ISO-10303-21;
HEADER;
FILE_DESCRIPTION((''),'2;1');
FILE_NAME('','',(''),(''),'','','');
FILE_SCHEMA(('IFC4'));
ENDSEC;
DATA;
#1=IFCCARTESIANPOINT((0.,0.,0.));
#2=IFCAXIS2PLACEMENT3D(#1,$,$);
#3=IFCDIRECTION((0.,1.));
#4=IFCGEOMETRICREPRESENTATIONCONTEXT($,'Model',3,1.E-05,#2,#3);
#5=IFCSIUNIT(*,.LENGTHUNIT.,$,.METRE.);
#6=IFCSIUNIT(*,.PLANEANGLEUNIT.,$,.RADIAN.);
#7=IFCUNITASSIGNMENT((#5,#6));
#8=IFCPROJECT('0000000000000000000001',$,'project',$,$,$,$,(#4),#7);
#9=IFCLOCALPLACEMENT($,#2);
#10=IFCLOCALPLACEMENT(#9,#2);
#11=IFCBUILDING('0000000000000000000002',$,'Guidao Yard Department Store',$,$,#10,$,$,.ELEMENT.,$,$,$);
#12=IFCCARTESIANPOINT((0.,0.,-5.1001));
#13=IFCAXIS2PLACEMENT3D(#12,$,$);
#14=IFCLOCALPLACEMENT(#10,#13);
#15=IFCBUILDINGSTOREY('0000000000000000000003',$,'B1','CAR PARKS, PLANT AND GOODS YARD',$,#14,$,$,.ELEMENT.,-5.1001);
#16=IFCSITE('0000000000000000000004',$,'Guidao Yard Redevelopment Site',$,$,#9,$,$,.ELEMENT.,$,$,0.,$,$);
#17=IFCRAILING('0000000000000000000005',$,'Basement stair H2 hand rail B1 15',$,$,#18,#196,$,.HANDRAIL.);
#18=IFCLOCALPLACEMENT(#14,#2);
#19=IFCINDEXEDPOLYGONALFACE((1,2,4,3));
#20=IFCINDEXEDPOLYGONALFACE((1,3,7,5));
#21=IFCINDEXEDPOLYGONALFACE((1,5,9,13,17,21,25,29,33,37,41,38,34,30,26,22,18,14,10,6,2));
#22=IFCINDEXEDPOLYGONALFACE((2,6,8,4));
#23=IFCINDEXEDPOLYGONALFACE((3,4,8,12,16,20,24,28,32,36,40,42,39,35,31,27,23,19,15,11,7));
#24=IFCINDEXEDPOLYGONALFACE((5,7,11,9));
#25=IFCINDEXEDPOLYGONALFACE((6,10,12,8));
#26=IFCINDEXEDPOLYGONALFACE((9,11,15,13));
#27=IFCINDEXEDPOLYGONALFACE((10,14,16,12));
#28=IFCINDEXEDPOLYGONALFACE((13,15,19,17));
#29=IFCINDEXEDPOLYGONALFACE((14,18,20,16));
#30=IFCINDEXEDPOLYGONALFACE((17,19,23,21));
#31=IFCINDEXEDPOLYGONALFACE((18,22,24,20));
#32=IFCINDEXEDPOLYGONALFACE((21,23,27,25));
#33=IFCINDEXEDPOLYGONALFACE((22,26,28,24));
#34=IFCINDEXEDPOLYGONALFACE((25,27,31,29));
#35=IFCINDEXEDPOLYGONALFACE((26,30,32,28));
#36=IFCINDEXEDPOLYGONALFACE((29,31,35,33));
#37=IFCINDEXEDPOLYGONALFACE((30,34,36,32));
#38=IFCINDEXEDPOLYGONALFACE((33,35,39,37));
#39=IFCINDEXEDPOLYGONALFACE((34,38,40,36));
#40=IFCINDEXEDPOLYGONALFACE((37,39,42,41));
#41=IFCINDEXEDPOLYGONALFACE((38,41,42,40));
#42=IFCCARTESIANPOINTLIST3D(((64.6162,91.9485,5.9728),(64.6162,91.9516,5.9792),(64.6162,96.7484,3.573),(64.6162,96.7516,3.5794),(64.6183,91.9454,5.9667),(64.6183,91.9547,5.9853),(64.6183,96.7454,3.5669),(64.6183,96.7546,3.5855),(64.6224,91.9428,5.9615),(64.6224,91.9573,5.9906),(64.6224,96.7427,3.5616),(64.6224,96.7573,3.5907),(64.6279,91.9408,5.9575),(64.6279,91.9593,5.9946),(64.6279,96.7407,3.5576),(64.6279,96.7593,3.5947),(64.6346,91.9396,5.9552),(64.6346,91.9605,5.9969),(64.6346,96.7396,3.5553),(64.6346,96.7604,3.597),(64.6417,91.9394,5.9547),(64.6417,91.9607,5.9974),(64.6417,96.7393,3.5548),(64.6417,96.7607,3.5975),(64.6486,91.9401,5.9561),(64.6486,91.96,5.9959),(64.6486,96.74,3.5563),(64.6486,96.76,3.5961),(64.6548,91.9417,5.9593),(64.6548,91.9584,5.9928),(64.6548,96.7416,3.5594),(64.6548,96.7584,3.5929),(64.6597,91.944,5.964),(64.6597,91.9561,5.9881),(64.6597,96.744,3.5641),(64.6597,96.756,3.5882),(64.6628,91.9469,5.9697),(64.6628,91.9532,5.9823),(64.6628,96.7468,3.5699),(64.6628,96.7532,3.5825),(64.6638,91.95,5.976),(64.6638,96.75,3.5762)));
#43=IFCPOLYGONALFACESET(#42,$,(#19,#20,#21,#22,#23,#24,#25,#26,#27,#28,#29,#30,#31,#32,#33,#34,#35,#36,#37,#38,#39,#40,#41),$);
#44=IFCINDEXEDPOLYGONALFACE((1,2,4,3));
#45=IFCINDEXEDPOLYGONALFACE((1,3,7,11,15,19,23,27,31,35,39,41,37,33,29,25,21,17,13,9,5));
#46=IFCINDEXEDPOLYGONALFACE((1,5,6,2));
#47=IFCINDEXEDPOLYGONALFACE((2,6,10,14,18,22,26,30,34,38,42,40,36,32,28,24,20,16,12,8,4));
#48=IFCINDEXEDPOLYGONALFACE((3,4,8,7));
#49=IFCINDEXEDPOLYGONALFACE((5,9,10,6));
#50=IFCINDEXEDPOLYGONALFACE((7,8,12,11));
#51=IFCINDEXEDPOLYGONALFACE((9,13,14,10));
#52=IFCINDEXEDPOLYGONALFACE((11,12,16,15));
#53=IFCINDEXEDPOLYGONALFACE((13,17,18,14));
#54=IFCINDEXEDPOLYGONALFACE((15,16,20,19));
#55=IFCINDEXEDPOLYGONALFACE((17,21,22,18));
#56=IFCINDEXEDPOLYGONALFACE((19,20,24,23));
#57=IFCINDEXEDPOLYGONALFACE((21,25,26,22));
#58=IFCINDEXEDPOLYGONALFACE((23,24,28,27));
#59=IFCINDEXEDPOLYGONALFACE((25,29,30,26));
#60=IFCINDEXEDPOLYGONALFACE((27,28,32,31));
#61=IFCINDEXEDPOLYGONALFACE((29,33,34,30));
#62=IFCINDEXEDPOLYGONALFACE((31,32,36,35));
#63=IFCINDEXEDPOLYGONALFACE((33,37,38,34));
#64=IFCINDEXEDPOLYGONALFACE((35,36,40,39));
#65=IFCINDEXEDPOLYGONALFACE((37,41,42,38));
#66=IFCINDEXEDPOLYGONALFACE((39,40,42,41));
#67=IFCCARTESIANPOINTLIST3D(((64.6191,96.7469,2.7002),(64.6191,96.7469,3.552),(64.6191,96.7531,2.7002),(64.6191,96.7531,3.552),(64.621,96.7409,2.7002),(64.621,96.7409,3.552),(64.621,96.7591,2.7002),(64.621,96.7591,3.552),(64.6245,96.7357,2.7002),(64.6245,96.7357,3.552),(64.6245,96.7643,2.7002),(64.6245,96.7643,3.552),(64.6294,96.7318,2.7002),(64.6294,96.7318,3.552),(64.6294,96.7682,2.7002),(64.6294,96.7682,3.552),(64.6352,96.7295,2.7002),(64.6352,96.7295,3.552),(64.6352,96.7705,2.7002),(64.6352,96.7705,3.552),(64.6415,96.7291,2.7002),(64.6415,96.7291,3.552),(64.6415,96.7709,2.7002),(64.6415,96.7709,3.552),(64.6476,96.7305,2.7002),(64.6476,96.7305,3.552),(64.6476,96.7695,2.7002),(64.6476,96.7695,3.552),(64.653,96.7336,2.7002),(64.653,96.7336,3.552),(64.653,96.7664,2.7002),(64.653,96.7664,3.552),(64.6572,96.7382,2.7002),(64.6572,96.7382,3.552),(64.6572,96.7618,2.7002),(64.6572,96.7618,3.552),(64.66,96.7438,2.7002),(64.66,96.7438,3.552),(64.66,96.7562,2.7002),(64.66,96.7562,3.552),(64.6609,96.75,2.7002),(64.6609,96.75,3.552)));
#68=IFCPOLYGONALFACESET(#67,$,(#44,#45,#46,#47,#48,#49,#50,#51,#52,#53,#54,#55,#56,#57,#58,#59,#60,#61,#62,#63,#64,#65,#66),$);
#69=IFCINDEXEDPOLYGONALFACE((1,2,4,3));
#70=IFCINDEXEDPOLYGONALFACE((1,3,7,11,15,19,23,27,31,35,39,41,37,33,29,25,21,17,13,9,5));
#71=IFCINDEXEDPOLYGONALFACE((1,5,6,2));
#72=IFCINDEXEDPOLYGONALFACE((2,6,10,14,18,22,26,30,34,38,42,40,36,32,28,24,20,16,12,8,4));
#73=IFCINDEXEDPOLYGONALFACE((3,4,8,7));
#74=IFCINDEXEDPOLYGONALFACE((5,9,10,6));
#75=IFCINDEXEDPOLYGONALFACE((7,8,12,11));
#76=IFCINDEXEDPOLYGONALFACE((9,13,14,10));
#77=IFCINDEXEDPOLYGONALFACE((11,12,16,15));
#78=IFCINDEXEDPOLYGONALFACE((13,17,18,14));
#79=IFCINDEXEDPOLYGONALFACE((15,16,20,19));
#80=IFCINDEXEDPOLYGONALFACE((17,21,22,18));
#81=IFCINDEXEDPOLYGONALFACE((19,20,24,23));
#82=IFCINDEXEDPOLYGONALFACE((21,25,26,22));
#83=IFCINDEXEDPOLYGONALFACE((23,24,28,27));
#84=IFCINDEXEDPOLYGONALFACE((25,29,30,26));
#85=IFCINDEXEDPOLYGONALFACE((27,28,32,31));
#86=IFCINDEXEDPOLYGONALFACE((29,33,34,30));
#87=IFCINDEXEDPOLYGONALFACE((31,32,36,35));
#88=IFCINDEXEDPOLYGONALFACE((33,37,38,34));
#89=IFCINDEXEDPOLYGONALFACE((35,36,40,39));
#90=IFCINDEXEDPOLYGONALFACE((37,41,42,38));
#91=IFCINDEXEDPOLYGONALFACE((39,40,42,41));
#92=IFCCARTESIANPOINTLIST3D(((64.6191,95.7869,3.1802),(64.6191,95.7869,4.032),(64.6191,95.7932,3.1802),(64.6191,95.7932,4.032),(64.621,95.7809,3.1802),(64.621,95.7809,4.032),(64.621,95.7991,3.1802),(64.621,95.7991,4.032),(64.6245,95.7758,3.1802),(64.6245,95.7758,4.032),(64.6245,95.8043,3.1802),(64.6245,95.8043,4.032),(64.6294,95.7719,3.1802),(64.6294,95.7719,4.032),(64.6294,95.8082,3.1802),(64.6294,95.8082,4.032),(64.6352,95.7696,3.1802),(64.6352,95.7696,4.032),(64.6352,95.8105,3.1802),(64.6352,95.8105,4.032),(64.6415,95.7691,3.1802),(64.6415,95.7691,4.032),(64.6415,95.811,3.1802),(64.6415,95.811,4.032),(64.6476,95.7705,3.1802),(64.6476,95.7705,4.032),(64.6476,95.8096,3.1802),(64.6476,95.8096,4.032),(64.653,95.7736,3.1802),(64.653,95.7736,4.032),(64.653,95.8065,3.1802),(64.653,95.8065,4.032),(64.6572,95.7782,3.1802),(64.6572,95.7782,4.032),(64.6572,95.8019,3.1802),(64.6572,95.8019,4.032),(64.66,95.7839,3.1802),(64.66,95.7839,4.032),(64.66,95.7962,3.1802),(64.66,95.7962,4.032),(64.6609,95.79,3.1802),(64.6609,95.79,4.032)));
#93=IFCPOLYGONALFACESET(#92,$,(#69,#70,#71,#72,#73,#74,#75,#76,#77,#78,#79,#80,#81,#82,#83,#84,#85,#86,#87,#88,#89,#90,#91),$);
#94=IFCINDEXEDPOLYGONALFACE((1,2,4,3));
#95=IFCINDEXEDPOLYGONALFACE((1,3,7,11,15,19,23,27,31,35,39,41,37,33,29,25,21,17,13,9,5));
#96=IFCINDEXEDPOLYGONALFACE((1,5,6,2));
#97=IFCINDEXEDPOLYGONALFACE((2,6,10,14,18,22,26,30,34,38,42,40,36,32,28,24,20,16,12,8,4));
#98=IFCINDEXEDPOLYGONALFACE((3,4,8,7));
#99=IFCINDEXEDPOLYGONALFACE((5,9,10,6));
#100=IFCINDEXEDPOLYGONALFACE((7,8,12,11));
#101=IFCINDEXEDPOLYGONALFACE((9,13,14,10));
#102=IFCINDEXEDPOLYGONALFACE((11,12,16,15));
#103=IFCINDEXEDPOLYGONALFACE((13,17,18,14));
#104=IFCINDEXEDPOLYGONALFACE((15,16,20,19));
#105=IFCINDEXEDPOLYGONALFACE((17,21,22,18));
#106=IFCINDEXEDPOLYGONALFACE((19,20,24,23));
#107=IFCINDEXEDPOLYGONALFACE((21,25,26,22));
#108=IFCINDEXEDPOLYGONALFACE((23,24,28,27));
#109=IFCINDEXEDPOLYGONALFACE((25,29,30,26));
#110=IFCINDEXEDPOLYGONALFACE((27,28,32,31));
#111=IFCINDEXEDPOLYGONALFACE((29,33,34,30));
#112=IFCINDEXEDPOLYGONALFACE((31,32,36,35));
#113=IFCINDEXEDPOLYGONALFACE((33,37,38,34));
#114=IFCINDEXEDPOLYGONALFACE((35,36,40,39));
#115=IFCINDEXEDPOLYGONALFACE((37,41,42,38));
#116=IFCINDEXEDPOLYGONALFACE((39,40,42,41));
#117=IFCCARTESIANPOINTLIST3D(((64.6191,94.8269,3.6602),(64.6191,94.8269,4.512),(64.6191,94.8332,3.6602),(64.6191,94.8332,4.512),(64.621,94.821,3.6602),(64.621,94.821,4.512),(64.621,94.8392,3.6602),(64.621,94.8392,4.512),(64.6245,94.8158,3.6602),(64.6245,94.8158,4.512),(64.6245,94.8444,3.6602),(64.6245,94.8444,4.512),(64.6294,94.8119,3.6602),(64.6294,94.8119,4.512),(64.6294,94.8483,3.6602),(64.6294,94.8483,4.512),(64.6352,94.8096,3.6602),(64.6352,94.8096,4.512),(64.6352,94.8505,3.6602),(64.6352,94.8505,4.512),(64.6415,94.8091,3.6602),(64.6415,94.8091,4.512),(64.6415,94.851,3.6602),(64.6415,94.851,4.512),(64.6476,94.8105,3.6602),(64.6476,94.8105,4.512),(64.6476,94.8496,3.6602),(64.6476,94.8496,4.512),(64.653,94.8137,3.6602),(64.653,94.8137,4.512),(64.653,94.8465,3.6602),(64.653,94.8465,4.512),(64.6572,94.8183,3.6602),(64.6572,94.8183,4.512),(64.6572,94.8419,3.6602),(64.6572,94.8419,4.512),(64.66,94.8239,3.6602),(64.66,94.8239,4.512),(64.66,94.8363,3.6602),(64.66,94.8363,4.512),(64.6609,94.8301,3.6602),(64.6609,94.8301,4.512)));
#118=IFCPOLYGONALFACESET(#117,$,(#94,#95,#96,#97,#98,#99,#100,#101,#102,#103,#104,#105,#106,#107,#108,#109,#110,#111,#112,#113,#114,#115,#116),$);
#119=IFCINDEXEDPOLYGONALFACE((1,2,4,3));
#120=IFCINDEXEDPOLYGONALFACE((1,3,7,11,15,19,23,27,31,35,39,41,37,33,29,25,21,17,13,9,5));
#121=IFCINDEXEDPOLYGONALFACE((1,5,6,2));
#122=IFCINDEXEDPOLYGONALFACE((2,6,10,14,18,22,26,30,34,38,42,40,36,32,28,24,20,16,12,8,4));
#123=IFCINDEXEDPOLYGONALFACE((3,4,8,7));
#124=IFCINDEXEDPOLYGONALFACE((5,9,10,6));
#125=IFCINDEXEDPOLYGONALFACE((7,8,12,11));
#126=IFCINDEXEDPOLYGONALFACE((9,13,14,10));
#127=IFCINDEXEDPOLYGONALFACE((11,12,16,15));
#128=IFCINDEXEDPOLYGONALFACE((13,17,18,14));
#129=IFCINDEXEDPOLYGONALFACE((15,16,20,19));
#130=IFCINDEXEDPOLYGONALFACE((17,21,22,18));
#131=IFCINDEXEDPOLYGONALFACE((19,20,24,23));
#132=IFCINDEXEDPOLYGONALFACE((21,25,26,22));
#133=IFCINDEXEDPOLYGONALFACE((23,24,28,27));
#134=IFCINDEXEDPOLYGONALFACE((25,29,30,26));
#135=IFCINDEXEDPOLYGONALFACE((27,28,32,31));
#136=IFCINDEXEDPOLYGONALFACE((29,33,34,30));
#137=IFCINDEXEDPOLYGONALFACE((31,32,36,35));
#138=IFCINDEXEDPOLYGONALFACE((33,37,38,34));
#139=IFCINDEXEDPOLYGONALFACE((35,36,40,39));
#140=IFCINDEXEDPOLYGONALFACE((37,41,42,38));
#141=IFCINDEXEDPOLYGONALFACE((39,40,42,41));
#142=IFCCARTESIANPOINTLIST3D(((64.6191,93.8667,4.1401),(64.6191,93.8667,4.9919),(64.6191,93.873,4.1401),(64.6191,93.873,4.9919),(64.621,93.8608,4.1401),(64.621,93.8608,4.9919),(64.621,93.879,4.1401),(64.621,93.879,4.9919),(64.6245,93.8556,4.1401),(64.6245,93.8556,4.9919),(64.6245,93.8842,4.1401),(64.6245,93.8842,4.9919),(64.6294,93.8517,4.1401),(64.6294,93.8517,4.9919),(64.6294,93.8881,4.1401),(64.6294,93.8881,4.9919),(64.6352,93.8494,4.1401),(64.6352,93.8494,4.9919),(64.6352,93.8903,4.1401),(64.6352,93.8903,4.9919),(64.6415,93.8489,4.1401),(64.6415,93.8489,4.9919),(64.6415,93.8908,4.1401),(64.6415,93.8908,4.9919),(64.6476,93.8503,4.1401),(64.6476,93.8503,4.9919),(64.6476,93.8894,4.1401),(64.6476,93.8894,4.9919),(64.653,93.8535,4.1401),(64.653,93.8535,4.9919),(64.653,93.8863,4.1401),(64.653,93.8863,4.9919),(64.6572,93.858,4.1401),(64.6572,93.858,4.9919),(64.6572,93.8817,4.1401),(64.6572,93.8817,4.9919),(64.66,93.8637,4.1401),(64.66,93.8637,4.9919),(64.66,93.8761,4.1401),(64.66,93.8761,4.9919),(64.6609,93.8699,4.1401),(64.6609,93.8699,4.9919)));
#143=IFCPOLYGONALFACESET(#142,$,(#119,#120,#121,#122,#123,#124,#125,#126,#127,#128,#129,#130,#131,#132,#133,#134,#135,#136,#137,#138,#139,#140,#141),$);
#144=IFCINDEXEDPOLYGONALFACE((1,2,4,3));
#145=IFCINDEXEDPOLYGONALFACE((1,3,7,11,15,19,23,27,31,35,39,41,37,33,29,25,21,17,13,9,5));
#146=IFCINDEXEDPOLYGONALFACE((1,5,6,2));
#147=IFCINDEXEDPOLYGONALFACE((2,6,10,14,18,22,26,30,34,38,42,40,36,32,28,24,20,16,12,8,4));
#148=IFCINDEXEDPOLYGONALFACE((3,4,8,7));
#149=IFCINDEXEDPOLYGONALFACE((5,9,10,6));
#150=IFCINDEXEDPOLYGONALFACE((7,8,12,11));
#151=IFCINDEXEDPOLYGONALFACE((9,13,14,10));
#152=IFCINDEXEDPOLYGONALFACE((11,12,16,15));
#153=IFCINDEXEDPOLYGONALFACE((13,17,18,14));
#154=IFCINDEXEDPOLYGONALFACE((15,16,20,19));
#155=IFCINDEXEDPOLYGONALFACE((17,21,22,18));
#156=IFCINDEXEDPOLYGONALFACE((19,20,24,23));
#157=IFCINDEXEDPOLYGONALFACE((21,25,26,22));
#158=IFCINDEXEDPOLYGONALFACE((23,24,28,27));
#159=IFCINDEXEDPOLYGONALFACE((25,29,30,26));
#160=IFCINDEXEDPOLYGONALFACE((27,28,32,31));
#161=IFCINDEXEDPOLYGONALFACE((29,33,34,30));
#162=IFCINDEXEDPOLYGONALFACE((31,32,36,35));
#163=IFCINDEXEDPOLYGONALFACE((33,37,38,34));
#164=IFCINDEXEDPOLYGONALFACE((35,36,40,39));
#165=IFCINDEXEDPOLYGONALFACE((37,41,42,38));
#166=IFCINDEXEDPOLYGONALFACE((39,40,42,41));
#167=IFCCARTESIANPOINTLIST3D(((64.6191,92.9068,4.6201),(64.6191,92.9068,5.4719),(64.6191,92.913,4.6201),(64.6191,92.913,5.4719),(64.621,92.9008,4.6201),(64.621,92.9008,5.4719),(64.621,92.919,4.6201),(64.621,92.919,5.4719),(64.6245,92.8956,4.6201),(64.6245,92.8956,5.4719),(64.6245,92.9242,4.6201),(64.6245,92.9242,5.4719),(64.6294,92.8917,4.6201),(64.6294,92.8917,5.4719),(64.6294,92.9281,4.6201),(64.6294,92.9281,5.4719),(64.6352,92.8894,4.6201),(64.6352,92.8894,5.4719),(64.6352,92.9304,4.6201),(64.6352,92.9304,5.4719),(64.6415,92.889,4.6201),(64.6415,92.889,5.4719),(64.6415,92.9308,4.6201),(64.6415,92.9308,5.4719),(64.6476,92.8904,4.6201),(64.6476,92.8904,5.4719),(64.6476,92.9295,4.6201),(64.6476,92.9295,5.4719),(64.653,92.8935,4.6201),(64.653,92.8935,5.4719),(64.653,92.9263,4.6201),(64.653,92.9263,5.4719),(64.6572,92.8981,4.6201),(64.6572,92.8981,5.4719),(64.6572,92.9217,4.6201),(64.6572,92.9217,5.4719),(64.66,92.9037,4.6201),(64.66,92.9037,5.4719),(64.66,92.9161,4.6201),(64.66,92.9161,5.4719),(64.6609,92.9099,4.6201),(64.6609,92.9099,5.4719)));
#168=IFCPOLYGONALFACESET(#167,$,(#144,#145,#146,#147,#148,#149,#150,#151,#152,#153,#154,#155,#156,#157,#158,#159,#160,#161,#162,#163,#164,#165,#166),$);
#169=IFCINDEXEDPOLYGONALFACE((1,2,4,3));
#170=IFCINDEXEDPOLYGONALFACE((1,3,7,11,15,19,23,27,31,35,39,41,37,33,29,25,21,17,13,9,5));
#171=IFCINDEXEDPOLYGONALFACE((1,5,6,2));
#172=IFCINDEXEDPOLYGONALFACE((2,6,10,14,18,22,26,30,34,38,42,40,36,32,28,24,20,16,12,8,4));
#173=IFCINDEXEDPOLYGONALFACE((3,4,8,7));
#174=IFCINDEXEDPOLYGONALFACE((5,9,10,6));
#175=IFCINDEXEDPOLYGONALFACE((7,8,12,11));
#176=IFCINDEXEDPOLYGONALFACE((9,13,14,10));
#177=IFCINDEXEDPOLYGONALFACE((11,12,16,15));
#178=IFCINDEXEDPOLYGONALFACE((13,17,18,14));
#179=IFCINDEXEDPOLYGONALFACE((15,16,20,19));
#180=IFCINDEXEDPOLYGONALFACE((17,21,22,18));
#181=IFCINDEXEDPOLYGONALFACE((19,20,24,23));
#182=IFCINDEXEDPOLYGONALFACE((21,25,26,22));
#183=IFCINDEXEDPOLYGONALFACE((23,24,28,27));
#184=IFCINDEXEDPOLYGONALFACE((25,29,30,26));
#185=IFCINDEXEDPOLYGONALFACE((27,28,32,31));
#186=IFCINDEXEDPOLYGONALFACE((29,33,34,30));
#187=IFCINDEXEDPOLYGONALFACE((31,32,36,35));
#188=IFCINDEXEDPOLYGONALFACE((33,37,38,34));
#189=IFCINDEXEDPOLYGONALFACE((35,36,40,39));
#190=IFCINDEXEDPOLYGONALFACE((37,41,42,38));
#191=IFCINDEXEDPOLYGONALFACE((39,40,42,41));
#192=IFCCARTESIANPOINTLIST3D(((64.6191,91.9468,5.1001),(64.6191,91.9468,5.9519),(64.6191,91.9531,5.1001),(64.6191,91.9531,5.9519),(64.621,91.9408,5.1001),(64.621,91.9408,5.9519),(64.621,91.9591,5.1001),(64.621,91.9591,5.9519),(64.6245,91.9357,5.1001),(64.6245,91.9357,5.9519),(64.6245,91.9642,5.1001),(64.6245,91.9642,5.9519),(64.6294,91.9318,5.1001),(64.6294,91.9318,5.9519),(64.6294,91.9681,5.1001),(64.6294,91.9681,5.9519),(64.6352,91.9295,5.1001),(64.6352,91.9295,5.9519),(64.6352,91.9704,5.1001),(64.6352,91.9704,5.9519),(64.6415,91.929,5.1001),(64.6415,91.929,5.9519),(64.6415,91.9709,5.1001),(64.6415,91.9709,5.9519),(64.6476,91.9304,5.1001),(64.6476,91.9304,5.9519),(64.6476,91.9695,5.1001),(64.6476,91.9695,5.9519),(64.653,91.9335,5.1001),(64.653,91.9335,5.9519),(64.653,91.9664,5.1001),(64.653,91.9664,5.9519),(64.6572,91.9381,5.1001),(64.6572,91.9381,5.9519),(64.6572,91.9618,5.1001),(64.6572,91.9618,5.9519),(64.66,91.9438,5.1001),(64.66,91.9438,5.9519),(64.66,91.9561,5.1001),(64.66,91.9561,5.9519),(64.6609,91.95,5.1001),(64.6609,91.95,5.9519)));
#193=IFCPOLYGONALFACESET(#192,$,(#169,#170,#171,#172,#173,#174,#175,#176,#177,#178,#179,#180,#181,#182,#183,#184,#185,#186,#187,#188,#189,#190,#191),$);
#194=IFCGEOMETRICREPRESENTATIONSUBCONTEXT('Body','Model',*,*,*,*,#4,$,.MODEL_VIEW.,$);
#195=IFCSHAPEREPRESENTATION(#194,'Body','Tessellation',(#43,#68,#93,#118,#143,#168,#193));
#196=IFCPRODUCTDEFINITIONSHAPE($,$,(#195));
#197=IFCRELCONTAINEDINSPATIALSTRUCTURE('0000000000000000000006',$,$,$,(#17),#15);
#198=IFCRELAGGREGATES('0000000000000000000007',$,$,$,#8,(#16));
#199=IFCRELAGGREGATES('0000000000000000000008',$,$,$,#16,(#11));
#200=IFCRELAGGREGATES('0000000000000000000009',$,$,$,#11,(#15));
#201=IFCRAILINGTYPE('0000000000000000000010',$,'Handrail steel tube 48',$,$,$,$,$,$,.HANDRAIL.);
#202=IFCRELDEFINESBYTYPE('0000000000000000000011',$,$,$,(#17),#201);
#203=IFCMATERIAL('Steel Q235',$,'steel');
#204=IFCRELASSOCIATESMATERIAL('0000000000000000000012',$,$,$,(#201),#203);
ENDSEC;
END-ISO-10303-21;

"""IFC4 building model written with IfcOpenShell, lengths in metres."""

from ifc_helpers import new_model, si_unit, direction, frame, origin, origin_2d, place, context, subcontext, project, spatial, circle, extrude, material, type_object, element, save


model = new_model("IFC4")

# Units and contexts
model_context = context("Model", 3, precision=1e-05, world=origin(), true_north=direction((0.0, 1.0)))
body_context = subcontext(model_context, "Body", "Model", "MODEL_VIEW")
ifc_project = project(units=[si_unit("LENGTHUNIT", "METRE"), si_unit("PLANEANGLEUNIT", "RADIAN")], contexts=[model_context])

# Site, building, storey
site_placement = place(None, origin())
site = spatial("IfcSite", under=ifc_project, at=site_placement, Name="Guidao Yard Redevelopment Site", CompositionType="ELEMENT", RefElevation=0.0)
building_placement = place(site_placement, origin())
building = spatial("IfcBuilding", under=site, at=building_placement, Name="Guidao Yard Department Store", CompositionType="ELEMENT")
storey_placement = place(building_placement, frame((0.0, 0.0, -5.1001)))
storey = spatial("IfcBuildingStorey", under=building, at=storey_placement, Name="B1", Description="CAR PARKS, PLANT AND GOODS YARD", CompositionType="ELEMENT", Elevation=-5.1001)

# Railing
ifc_material_1 = material(Name="Steel Q235", Category="steel")
railing_type = type_object("IfcRailingType", Name="Handrail steel tube 48", PredefinedType="HANDRAIL", material=ifc_material_1)
for number, where, name in (
    (1, (64.6399, 96.75, 2.7002), "Basement stair H2 hand rail B1 15"),
):
    element("IfcRailing", number, at=place(storey_placement, frame(where)), inside=storey, type_object=railing_type, Name=name, PredefinedType="HANDRAIL", context=body_context, shape_type="SweptSolid", body=[
        extrude(circle(Radius=0.0239, at=origin_2d()), frame((0.0, 0.0, 0.876), z_axis=(0.0, -0.894436, 0.447195), x_axis=(1.0, 0.0, 0.0)), (0.0, 0.0, 1.0), 5.3665),
        extrude(circle(Radius=0.021, at=origin_2d()), origin(), (0.0, 0.0, 1.0), 0.8518),
        extrude(circle(Radius=0.021, at=origin_2d()), frame((0.0, -0.96, 0.48)), (0.0, 0.0, 1.0), 0.8518),
        extrude(circle(Radius=0.021, at=origin_2d()), frame((0.0, -1.9199, 0.96)), (0.0, 0.0, 1.0), 0.8518),
        extrude(circle(Radius=0.021, at=origin_2d()), frame((0.0, -2.8801, 1.4399)), (0.0, 0.0, 1.0), 0.8518),
        extrude(circle(Radius=0.021, at=origin_2d()), frame((0.0, -3.8401, 1.9199)), (0.0, 0.0, 1.0), 0.8518),
        extrude(circle(Radius=0.021, at=origin_2d()), frame((0.0, -4.8, 2.3999)), (0.0, 0.0, 1.0), 0.8518),
    ])

save(model, "model.ifc")
